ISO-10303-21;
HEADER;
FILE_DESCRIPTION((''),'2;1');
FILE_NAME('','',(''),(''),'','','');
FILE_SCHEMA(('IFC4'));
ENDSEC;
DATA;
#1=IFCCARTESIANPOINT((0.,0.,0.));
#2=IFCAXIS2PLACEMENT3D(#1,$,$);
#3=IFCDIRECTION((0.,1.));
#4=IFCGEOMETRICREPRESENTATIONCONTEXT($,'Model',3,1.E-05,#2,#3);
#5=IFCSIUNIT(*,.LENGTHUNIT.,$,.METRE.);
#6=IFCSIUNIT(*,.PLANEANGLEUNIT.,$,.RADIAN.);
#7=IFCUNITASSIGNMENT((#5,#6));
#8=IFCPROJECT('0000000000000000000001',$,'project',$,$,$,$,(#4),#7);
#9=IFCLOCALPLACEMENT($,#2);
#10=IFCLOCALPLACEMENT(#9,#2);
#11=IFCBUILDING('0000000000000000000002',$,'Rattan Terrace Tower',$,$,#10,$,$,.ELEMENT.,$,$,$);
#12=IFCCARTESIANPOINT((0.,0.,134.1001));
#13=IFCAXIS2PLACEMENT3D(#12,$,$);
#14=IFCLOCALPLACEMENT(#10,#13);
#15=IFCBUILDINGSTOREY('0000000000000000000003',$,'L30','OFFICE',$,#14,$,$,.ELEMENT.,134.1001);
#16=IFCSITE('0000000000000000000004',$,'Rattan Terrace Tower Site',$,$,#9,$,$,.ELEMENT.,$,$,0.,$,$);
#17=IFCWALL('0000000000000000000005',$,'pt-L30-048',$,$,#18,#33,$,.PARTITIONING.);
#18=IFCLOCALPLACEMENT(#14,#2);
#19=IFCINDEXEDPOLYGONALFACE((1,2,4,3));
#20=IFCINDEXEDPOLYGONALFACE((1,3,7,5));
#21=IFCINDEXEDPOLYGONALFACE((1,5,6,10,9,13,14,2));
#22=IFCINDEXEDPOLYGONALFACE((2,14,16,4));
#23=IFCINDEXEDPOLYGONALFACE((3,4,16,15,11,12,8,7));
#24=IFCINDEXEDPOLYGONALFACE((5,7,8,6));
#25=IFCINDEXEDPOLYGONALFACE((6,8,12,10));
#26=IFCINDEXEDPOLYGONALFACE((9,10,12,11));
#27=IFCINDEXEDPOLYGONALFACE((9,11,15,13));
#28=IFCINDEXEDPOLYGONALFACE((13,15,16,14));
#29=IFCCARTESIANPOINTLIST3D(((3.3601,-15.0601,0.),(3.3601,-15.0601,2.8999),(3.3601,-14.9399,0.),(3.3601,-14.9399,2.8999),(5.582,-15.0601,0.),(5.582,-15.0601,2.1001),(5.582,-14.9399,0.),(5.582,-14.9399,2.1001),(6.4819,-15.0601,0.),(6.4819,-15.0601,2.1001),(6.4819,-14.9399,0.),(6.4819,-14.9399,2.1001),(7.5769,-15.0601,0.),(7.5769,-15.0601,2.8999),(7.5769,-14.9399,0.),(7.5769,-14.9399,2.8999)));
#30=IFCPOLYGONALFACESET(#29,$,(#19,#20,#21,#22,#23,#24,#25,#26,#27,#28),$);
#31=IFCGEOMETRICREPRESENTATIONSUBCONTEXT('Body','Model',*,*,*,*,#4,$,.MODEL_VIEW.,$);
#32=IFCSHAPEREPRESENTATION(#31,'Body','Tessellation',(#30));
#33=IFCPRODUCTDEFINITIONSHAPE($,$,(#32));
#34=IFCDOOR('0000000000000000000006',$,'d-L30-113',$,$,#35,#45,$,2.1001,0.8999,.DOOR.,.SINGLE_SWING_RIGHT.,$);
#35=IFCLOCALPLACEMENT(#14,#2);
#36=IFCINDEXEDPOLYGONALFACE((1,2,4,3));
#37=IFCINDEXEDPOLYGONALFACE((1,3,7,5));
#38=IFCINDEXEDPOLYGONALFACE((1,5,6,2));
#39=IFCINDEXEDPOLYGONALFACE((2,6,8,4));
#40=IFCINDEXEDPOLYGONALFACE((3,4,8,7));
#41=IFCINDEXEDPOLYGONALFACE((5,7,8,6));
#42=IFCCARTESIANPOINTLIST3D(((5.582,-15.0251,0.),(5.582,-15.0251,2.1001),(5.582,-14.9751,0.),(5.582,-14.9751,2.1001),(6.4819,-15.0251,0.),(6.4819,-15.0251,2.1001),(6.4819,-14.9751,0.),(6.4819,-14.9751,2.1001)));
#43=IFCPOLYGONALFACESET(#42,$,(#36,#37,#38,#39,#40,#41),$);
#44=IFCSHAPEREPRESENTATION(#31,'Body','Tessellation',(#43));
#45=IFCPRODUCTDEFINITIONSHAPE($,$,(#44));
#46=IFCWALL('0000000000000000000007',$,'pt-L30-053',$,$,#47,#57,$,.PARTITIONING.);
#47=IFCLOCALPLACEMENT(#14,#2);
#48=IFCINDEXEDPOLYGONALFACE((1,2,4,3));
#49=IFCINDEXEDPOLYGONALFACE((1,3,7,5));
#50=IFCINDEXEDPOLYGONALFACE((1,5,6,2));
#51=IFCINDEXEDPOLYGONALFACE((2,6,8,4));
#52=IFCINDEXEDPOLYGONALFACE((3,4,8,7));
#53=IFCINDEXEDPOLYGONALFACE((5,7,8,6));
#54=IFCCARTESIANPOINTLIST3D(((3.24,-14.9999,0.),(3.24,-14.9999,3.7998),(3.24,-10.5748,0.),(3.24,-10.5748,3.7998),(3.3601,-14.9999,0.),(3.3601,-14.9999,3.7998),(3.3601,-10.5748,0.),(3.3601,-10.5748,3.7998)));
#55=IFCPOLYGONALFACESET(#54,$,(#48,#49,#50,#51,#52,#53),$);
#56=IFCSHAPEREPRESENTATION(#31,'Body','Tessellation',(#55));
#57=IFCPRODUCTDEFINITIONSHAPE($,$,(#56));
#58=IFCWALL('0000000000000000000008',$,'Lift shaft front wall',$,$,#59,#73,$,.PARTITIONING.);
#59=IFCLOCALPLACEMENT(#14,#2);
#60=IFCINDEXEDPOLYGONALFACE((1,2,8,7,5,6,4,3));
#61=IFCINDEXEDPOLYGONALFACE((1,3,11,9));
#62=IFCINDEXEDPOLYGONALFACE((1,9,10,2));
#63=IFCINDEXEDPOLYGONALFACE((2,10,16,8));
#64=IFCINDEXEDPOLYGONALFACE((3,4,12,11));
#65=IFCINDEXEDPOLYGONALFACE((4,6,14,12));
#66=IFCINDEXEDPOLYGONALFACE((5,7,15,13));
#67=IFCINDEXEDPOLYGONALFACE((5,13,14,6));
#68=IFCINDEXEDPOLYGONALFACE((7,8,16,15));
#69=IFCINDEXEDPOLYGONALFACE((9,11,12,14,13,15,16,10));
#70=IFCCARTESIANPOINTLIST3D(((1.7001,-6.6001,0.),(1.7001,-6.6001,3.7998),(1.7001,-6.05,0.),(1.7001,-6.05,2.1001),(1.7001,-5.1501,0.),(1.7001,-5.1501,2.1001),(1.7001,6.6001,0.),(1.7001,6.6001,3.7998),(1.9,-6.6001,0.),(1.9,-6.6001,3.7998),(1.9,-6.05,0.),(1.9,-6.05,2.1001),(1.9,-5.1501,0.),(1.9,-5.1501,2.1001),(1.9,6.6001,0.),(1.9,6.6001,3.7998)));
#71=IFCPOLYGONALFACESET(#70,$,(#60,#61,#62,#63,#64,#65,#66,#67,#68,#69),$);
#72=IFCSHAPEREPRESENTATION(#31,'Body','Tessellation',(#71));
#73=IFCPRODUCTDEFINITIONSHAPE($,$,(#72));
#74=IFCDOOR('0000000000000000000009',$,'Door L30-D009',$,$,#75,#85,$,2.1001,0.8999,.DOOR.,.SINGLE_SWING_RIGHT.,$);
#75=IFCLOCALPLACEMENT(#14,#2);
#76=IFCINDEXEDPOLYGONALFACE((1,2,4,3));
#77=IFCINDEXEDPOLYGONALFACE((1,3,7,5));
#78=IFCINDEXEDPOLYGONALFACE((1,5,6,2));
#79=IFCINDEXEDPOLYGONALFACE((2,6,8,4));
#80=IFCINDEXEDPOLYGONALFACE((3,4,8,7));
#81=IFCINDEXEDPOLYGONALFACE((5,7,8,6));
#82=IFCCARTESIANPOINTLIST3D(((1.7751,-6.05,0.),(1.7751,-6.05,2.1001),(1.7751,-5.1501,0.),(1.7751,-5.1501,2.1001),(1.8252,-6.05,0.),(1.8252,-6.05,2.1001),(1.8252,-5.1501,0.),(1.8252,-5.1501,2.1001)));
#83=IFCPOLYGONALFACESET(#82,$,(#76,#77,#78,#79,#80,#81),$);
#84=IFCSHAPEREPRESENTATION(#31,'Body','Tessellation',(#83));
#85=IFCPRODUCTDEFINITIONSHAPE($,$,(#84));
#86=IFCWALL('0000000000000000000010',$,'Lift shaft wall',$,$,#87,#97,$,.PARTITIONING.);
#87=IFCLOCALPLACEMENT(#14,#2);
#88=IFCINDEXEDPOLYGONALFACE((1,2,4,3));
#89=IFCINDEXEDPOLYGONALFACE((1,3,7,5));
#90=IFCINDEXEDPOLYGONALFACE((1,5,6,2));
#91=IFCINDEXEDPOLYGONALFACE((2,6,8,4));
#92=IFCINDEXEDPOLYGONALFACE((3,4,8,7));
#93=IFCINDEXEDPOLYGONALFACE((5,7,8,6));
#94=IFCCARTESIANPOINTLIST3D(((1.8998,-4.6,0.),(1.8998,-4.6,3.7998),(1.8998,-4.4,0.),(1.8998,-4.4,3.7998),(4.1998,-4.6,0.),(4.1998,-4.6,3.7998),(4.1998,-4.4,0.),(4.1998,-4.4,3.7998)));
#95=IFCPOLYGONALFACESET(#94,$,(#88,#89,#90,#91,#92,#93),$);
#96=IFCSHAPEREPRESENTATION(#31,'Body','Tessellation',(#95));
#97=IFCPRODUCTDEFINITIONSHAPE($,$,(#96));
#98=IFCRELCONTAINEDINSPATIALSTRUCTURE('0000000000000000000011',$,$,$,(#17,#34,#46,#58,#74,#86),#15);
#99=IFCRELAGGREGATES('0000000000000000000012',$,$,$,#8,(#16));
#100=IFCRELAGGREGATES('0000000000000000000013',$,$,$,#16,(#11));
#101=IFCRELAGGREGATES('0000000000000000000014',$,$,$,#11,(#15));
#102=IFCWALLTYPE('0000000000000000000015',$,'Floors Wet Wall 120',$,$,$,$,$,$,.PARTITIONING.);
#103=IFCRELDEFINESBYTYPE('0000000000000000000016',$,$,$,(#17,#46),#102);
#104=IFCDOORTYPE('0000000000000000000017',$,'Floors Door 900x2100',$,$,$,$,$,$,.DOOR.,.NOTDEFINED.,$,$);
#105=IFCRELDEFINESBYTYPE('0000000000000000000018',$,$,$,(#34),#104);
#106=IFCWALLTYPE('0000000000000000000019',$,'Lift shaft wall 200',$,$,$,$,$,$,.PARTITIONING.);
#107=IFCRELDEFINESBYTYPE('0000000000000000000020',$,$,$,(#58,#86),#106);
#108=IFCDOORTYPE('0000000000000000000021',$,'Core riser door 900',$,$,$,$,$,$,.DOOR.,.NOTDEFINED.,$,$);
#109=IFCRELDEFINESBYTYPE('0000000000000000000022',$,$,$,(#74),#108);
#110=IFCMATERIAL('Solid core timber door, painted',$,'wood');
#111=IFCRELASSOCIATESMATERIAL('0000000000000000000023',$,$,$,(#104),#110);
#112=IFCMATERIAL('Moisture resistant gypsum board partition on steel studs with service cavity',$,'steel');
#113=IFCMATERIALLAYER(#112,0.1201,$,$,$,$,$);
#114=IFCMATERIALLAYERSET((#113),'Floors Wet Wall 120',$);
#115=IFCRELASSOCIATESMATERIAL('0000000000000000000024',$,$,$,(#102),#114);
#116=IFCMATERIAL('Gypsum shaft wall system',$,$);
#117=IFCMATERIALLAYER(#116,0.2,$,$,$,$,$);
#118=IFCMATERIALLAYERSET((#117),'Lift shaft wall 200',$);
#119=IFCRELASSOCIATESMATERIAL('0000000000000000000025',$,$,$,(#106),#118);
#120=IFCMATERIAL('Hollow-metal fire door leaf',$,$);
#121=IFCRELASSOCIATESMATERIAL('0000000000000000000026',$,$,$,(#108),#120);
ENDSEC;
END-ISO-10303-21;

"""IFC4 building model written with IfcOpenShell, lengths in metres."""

from ifc_helpers import new_model, si_unit, direction, frame, frame_2d, origin, place, context, subcontext, project, spatial, rectangle, extrude, material, layer, layer_set, type_object, element, fill, save


model = new_model("IFC4")

# Units and contexts
model_context = context("Model", 3, precision=1e-05, world=origin(), true_north=direction((0.0, 1.0)))
body_context = subcontext(model_context, "Body", "Model", "MODEL_VIEW")
ifc_project = project(units=[si_unit("LENGTHUNIT", "METRE"), si_unit("PLANEANGLEUNIT", "RADIAN")], contexts=[model_context])

# Site, building, storey
site_placement = place(None, origin())
site = spatial("IfcSite", under=ifc_project, at=site_placement, Name="Rattan Terrace Tower Site", CompositionType="ELEMENT", RefElevation=0.0)
building_placement = place(site_placement, origin())
building = spatial("IfcBuilding", under=site, at=building_placement, Name="Rattan Terrace Tower", CompositionType="ELEMENT")
storey_placement = place(building_placement, frame((0.0, 0.0, 134.1001)))
storey = spatial("IfcBuildingStorey", under=building, at=storey_placement, Name="L30", Description="OFFICE", CompositionType="ELEMENT", Elevation=134.1001)

# Shared definitions
ifc_material_1 = material(Name="Solid core timber door, painted", Category="wood")
door_type_1 = type_object("IfcDoorType", Name="Floors Door 900x2100", OperationType="NOTDEFINED", PredefinedType="DOOR", material=ifc_material_1)

# Wall, opening, door
ifc_material_2 = material(Name="Moisture resistant gypsum board partition on steel studs with service cavity", Category="steel")
ifc_layer_1 = layer(ifc_material_2, 0.1201)
ifc_layer_set_1 = layer_set([ifc_layer_1], Name="Floors Wet Wall 120")
wall_type_1 = type_object("IfcWallType", Name="Floors Wet Wall 120", PredefinedType="PARTITIONING", material=ifc_layer_set_1)
wall_1_placement = place(storey_placement, frame((3.3601, -15.0, 0.0), z_axis=(0.0, 0.0, 1.0), x_axis=(1.0, 0.0, 0.0)))
wall_1 = element("IfcWall", 1, at=wall_1_placement, inside=storey, type_object=wall_type_1, Name="pt-L30-048", PredefinedType="PARTITIONING", context=body_context, shape_type="SweptSolid", body=[
    extrude(rectangle(XDim=4.2168, YDim=0.1201, at=frame_2d((2.1084, 0.0))), origin(), (0.0, 0.0, 1.0), 2.8999),
])
opening_1_placement = place(wall_1_placement, frame((2.2219, 0.0, 0.0)))
opening_1 = element("IfcOpeningElement", 2, at=opening_1_placement, cuts=wall_1, PredefinedType="OPENING", context=body_context, shape_type="SweptSolid", body=[
    extrude(rectangle(XDim=0.8999, YDim=2.1001, at=frame_2d((0.45, 1.05))), frame((0.0, 0.0706, 0.0), z_axis=(0.0, -1.0, 0.0), x_axis=(1.0, 0.0, 0.0)), (0.0, 0.0, 1.0), 0.1411),
])
door_1_placement = place(opening_1_placement, origin())
door_1 = element("IfcDoor", 3, at=door_1_placement, inside=storey, type_object=door_type_1, Name="d-L30-113", OperationType="SINGLE_SWING_RIGHT", OverallHeight=2.1001, OverallWidth=0.8999, PredefinedType="DOOR", context=body_context, shape_type="SweptSolid", body=[
    extrude(rectangle(XDim=0.8999, YDim=2.1001, at=frame_2d((0.45, 1.05))), frame((0.0, 0.0249, 0.0), z_axis=(0.0, -1.0, 0.0), x_axis=(1.0, 0.0, 0.0)), (0.0, 0.0, 1.0), 0.05),
])
fill(opening_1, door_1)

# Wall
wall_2_placement = place(storey_placement, frame((3.3, -10.575, 0.0), z_axis=(0.0, 0.0, 1.0), x_axis=(0.0, -1.0, 0.0)))
element("IfcWall", 4, at=wall_2_placement, inside=storey, type_object=wall_type_1, Name="pt-L30-053", PredefinedType="PARTITIONING", context=body_context, shape_type="SweptSolid", body=[
    extrude(rectangle(XDim=4.425, YDim=0.1201, at=frame_2d((2.2124, 0.0))), origin(), (0.0, 0.0, 1.0), 3.7998),
])

# Wall, opening, door
ifc_material_3 = material(Name="Gypsum shaft wall system")
ifc_layer_2 = layer(ifc_material_3, 0.2)
ifc_layer_set_2 = layer_set([ifc_layer_2], Name="Lift shaft wall 200")
wall_type_2 = type_object("IfcWallType", Name="Lift shaft wall 200", PredefinedType="PARTITIONING", material=ifc_layer_set_2)
wall_3_placement = place(storey_placement, frame((1.8, -6.6001, 0.0), z_axis=(0.0, 0.0, 1.0), x_axis=(0.0, 1.0, 0.0)))
wall_3 = element("IfcWall", 5, at=wall_3_placement, inside=storey, type_object=wall_type_2, Name="Lift shaft front wall", PredefinedType="PARTITIONING", context=body_context, shape_type="SweptSolid", body=[
    extrude(rectangle(XDim=13.2002, YDim=0.2, at=frame_2d((6.6001, 0.0))), origin(), (0.0, 0.0, 1.0), 3.7998),
])
opening_2_placement = place(wall_3_placement, frame((0.55, 0.0, 0.0)))
opening_2 = element("IfcOpeningElement", 6, at=opening_2_placement, cuts=wall_3, PredefinedType="OPENING", context=body_context, shape_type="SweptSolid", body=[
    extrude(rectangle(XDim=0.8999, YDim=2.1001, at=frame_2d((0.45, 1.05))), frame((0.0, 0.1106, 0.0), z_axis=(0.0, -1.0, 0.0), x_axis=(1.0, 0.0, 0.0)), (0.0, 0.0, 1.0), 0.2209),
])
ifc_material_4 = material(Name="Hollow-metal fire door leaf")
door_type_2 = type_object("IfcDoorType", Name="Core riser door 900", OperationType="NOTDEFINED", PredefinedType="DOOR", material=ifc_material_4)
door_2_placement = place(opening_2_placement, origin())
door_2 = element("IfcDoor", 7, at=door_2_placement, inside=storey, type_object=door_type_2, Name="Door L30-D009", OperationType="SINGLE_SWING_RIGHT", OverallHeight=2.1001, OverallWidth=0.8999, PredefinedType="DOOR", context=body_context, shape_type="SweptSolid", body=[
    extrude(rectangle(XDim=0.8999, YDim=2.1001, at=frame_2d((0.45, 1.05))), frame((0.0, 0.0249, 0.0), z_axis=(0.0, -1.0, 0.0), x_axis=(1.0, 0.0, 0.0)), (0.0, 0.0, 1.0), 0.05),
])
fill(opening_2, door_2)

# Wall
wall_4_placement = place(storey_placement, frame((1.8999, -4.5, 0.0), z_axis=(0.0, 0.0, 1.0), x_axis=(1.0, 0.0, 0.0)))
element("IfcWall", 8, at=wall_4_placement, inside=storey, type_object=wall_type_2, Name="Lift shaft wall", PredefinedType="PARTITIONING", context=body_context, shape_type="SweptSolid", body=[
    extrude(rectangle(XDim=2.3, YDim=0.2, at=frame_2d((1.1499, 0.0))), origin(), (0.0, 0.0, 1.0), 3.7998),
])

save(model, "model.ifc")
